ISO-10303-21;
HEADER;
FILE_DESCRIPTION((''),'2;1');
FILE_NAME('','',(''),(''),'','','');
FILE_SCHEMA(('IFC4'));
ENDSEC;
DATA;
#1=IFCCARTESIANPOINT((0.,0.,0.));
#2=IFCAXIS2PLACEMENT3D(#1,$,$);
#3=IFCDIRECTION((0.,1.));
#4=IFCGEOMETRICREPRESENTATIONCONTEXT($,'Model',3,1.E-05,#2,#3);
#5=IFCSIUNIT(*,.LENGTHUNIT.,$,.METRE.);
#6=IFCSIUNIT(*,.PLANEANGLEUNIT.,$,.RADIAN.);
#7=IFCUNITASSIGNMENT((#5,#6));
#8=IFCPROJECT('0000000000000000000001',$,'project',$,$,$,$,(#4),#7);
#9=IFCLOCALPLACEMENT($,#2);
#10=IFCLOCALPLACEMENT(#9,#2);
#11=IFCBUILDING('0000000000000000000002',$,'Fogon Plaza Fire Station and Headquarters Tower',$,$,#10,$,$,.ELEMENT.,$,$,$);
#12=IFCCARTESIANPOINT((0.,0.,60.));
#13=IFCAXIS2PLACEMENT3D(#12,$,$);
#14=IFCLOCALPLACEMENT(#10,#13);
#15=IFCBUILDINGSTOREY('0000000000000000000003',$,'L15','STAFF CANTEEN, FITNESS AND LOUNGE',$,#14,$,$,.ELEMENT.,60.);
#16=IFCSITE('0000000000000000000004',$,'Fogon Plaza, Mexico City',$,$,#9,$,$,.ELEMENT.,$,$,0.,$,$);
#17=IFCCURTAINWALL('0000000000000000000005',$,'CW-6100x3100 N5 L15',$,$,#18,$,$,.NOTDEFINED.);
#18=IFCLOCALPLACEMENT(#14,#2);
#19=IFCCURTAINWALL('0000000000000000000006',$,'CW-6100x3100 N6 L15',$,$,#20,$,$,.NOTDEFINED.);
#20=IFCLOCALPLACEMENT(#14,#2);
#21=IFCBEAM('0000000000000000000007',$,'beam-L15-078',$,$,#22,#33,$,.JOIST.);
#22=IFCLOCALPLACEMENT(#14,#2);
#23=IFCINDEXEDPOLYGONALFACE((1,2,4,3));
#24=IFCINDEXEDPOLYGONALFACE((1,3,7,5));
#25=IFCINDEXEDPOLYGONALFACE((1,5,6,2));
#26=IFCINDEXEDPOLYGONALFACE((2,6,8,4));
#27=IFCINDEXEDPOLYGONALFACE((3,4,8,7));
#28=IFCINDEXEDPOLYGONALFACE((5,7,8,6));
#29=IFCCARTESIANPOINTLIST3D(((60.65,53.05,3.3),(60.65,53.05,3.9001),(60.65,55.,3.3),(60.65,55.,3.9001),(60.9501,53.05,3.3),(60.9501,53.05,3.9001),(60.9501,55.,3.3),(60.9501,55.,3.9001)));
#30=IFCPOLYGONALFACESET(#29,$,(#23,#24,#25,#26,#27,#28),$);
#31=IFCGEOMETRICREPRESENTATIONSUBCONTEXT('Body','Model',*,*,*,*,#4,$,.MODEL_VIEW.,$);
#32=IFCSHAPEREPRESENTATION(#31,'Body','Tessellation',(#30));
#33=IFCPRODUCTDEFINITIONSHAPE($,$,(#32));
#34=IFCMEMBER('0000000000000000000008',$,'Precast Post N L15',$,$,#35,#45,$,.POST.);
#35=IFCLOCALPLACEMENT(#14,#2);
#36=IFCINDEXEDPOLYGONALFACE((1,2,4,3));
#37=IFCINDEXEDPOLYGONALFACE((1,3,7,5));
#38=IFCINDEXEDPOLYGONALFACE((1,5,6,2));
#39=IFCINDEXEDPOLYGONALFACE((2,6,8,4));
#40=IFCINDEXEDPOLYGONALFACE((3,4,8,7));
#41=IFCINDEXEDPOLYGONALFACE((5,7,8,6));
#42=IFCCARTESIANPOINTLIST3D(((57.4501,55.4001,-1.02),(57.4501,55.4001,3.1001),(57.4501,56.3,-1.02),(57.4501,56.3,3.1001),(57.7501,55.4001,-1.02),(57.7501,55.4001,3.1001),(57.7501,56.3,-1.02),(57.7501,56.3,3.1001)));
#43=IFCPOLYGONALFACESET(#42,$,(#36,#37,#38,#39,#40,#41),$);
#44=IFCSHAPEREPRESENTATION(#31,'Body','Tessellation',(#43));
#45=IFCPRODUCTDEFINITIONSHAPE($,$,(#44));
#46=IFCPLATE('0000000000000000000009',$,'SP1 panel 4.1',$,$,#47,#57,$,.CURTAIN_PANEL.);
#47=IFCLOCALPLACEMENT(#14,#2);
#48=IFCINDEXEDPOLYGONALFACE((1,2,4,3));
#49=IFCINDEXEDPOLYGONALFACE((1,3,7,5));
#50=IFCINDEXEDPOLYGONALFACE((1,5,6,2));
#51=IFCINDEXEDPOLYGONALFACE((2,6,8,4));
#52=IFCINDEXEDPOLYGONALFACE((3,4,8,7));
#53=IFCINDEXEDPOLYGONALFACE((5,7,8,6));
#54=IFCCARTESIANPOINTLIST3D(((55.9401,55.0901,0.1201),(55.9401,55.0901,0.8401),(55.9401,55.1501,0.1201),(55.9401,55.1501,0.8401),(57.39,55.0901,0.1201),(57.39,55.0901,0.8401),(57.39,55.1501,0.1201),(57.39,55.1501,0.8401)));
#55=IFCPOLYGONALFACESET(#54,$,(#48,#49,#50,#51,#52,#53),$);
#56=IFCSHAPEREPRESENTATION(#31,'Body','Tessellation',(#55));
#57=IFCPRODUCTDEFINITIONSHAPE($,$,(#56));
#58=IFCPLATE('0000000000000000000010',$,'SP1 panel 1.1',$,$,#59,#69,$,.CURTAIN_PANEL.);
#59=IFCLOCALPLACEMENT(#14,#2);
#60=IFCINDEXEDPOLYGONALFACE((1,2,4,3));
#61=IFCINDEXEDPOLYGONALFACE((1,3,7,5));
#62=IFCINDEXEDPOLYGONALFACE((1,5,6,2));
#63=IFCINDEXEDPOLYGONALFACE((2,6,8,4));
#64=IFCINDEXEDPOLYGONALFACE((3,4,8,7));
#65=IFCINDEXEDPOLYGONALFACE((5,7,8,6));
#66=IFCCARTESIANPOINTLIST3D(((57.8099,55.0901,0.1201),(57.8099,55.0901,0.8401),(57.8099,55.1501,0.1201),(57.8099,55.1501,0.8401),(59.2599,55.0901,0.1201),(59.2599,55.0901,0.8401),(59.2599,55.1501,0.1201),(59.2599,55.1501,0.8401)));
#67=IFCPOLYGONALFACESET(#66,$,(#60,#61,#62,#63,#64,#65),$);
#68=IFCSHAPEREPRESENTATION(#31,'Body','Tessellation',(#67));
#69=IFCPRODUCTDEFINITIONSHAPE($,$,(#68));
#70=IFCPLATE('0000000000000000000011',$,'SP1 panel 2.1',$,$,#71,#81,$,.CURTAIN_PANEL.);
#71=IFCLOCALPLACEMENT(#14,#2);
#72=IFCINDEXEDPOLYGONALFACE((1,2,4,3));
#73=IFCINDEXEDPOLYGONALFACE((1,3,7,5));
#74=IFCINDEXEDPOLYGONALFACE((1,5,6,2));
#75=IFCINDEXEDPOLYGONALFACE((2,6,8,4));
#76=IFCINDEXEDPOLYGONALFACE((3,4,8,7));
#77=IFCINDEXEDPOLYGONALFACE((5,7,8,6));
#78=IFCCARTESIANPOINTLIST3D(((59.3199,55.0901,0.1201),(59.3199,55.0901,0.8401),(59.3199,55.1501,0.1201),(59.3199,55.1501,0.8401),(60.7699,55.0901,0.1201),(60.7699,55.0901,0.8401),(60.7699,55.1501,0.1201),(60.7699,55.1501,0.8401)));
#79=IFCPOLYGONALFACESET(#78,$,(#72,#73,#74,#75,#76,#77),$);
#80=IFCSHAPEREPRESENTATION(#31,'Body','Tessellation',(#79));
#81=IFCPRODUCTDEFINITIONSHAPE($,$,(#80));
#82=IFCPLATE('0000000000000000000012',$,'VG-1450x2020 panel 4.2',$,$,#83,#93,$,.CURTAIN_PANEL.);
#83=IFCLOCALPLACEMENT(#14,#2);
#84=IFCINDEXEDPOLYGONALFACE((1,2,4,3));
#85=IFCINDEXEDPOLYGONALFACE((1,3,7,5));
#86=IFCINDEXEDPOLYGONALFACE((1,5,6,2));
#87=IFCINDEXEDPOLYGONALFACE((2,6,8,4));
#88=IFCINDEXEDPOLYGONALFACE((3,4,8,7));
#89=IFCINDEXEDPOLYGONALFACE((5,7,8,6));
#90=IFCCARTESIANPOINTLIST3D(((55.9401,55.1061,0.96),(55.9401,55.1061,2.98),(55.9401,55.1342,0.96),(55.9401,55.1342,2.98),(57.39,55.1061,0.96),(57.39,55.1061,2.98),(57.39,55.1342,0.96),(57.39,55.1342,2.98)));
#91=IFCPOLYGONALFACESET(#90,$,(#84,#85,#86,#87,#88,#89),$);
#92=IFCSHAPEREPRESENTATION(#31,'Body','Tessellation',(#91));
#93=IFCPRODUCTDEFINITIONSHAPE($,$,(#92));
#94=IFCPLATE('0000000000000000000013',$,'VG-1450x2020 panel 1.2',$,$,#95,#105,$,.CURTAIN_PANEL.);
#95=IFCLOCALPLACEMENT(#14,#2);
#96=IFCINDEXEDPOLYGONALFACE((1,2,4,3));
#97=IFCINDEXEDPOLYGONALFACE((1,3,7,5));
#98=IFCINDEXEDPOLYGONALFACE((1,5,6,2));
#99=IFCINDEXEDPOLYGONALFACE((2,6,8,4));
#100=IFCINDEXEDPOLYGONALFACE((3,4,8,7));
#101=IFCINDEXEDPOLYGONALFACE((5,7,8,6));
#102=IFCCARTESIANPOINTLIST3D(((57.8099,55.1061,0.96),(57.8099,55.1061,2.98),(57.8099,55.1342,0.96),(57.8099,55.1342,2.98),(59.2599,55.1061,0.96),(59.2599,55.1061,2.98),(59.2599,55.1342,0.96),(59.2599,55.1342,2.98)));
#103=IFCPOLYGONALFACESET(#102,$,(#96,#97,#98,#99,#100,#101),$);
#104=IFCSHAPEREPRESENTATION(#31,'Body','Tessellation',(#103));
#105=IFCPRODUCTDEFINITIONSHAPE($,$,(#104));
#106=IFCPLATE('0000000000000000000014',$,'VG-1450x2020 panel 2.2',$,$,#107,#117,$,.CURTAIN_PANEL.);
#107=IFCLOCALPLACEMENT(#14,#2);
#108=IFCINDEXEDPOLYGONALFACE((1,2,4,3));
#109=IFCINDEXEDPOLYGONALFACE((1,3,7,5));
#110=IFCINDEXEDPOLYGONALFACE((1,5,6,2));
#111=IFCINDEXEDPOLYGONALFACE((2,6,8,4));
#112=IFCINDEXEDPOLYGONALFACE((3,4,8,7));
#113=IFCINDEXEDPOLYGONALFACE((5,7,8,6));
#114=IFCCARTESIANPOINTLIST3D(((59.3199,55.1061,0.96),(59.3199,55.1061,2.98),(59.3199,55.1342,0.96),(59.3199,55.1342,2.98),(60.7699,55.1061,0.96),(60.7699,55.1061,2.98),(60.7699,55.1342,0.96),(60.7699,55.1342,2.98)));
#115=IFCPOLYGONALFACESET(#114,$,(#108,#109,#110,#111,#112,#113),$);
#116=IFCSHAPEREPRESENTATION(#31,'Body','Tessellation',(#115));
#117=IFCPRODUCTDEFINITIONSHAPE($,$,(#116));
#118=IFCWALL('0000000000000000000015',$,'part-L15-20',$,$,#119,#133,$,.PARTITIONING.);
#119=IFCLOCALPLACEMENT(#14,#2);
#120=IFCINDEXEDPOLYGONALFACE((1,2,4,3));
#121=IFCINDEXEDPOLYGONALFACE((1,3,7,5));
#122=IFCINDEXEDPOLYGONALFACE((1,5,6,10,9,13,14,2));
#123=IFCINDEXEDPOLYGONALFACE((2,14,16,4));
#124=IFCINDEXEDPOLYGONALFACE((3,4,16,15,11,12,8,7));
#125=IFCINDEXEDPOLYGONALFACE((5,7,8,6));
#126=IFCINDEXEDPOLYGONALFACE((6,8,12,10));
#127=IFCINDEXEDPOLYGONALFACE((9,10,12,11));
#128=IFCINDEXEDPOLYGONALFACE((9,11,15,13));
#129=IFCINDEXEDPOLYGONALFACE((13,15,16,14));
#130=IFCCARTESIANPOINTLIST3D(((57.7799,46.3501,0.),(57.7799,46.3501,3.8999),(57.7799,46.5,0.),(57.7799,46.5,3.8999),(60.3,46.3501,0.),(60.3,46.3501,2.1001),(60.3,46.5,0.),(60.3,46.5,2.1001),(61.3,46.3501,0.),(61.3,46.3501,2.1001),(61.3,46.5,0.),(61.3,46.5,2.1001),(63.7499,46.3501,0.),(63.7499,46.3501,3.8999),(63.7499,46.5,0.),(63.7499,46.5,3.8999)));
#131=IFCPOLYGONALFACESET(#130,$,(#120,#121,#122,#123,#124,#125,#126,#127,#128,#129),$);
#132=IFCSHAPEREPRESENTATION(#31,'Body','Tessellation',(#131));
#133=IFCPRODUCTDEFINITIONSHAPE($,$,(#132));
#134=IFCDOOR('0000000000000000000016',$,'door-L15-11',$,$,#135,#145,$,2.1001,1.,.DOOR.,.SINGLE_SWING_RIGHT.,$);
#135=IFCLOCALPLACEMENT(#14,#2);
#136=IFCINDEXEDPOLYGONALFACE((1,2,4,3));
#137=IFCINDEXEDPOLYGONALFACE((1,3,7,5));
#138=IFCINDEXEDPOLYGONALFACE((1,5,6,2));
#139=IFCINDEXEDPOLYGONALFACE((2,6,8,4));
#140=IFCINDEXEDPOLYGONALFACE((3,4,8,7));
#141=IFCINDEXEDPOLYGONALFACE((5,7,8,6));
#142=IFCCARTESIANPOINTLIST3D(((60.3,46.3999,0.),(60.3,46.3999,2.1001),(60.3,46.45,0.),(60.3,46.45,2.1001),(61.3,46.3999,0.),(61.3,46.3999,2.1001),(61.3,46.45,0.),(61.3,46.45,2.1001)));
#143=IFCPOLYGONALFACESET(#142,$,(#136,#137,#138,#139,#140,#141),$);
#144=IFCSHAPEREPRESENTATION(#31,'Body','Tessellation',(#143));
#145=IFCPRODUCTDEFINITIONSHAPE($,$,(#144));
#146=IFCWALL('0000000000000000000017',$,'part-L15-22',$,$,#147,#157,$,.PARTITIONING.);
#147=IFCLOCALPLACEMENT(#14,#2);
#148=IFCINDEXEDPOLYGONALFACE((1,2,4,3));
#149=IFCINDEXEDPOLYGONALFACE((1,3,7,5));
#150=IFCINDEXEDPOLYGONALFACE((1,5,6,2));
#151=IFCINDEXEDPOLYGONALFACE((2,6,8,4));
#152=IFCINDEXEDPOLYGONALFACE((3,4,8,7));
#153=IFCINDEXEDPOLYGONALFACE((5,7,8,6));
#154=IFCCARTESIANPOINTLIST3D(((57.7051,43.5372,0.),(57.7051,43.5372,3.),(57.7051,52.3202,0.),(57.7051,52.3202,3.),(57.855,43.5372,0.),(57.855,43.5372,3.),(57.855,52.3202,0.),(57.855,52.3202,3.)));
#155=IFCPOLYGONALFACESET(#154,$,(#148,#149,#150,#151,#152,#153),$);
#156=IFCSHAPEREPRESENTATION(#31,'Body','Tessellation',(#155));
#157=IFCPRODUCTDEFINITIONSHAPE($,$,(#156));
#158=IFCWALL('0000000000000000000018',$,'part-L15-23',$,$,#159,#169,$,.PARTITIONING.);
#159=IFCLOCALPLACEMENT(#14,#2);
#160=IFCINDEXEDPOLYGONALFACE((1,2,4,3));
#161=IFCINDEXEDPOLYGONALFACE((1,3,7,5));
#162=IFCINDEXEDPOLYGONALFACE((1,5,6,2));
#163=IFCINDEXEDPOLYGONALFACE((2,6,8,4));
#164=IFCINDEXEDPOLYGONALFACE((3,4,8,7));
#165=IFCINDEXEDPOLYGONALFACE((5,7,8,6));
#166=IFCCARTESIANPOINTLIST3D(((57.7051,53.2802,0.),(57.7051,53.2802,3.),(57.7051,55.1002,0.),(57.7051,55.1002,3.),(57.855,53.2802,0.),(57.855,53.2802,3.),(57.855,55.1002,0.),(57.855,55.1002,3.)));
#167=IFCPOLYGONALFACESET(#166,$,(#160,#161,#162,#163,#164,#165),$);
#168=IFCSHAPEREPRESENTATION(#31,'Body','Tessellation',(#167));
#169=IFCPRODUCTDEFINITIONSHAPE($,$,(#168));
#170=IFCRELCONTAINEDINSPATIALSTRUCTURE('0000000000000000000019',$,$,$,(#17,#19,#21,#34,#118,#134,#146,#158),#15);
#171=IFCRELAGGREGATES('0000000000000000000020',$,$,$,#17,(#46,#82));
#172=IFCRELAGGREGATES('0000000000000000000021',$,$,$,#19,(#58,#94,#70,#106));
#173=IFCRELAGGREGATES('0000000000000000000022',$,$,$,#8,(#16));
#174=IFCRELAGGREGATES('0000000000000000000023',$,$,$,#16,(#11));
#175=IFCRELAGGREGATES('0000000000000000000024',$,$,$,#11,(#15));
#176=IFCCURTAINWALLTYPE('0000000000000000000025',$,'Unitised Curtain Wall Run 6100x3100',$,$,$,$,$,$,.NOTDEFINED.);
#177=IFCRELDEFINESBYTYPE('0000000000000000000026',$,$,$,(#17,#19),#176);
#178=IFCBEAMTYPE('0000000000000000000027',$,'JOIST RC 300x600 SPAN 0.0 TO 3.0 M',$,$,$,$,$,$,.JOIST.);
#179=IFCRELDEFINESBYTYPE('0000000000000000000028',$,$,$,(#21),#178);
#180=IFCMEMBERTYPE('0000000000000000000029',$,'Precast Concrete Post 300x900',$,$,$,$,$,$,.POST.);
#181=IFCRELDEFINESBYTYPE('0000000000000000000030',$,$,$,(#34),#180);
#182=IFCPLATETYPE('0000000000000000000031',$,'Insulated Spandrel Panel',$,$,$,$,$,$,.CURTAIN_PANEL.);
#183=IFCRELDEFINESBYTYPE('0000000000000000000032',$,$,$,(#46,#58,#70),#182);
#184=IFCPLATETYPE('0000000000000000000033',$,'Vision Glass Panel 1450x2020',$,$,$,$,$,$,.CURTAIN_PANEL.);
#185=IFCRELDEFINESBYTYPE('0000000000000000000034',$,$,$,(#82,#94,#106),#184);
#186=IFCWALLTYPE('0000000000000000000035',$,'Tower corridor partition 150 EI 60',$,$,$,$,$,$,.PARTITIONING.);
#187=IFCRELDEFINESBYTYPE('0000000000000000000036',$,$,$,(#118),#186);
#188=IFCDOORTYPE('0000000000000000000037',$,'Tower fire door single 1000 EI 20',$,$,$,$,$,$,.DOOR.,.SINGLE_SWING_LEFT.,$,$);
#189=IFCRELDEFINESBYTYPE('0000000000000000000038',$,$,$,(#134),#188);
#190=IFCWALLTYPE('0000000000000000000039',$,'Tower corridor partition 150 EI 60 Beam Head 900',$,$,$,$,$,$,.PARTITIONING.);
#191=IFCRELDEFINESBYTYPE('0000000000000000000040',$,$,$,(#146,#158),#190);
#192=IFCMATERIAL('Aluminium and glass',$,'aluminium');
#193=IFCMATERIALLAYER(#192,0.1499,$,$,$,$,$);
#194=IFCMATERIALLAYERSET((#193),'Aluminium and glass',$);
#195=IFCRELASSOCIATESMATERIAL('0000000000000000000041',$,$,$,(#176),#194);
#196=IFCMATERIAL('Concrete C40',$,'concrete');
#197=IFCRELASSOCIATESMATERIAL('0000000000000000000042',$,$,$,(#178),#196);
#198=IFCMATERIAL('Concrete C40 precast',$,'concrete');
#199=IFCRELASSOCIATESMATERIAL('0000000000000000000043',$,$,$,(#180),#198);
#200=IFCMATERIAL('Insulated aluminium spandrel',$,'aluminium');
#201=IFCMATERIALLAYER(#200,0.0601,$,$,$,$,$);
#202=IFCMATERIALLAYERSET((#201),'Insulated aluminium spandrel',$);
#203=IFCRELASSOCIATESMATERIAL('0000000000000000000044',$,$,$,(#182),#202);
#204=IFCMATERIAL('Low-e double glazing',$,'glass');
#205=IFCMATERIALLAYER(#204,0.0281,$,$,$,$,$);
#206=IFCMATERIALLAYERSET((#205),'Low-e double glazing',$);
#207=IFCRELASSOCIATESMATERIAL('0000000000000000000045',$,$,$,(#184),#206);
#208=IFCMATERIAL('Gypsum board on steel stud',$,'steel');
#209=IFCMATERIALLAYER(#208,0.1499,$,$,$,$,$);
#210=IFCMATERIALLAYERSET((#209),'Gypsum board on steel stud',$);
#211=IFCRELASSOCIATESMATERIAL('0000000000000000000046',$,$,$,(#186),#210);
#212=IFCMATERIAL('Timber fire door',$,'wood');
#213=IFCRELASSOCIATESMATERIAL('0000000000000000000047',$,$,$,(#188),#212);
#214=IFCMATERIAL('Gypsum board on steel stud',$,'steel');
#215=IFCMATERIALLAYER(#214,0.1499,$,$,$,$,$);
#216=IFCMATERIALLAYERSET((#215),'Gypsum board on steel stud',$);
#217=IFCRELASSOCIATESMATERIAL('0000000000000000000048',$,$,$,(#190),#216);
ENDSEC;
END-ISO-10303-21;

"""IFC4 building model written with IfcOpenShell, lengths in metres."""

from ifc_helpers import new_model, si_unit, direction, frame, frame_2d, origin, origin_2d, place, context, subcontext, project, spatial, rectangle, extrude, material, layer, layer_set, material_profile, profile_set, type_object, element, fill, aggregate, save


model = new_model("IFC4")

# Units and contexts
model_context = context("Model", 3, precision=1e-05, world=origin(), true_north=direction((0.0, 1.0)))
body_context = subcontext(model_context, "Body", "Model", "MODEL_VIEW")
ifc_project = project(units=[si_unit("LENGTHUNIT", "METRE"), si_unit("PLANEANGLEUNIT", "RADIAN")], contexts=[model_context])

# Site, building, storey
site_placement = place(None, origin())
site = spatial("IfcSite", under=ifc_project, at=site_placement, Name="Fogon Plaza, Mexico City", CompositionType="ELEMENT", RefElevation=0.0)
building_placement = place(site_placement, origin())
building = spatial("IfcBuilding", under=site, at=building_placement, Name="Fogon Plaza Fire Station and Headquarters Tower", CompositionType="ELEMENT")
storey_placement = place(building_placement, frame((0.0, 0.0, 60.0)))
storey = spatial("IfcBuildingStorey", under=building, at=storey_placement, Name="L15", Description="STAFF CANTEEN, FITNESS AND LOUNGE", CompositionType="ELEMENT", Elevation=60.0)

# Curtain walls
ifc_material_1 = material(Name="Aluminium and glass", Category="aluminium")
ifc_layer_1 = layer(ifc_material_1, 0.1499)
ifc_layer_set_1 = layer_set([ifc_layer_1], Name="Aluminium and glass")
curtain_wall_type = type_object("IfcCurtainWallType", Name="Unitised Curtain Wall Run 6100x3100", PredefinedType="NOTDEFINED", material=ifc_layer_set_1)
curtain_wall_1_placement = place(storey_placement, origin())
curtain_wall_1 = element("IfcCurtainWall", 1, at=curtain_wall_1_placement, inside=storey, type_object=curtain_wall_type, Name="CW-6100x3100 N5 L15", PredefinedType="NOTDEFINED")
curtain_wall_2_placement = place(storey_placement, origin())
curtain_wall_2 = element("IfcCurtainWall", 2, at=curtain_wall_2_placement, inside=storey, type_object=curtain_wall_type, Name="CW-6100x3100 N6 L15", PredefinedType="NOTDEFINED")

# Beam
ifc_material_2 = material(Name="Concrete C40", Category="concrete")
ifc_material_profile_1 = material_profile(ifc_material_2, rectangle(XDim=0.3, YDim=0.6001, at=origin_2d()), Name="RC 300x600")
ifc_profile_set_1 = profile_set([ifc_material_profile_1], Name="Concrete C40")
beam_type_1 = type_object("IfcBeamType", Name="JOIST RC 300x600 SPAN 0.0 TO 3.0 M", PredefinedType="JOIST", material=ifc_profile_set_1)
beam_1_placement = place(storey_placement, frame((60.8, 53.05, 3.6001), z_axis=(0.0, 1.0, 0.0), x_axis=(-1.0, 0.0, 0.0)))
element("IfcBeam", 3, at=beam_1_placement, inside=storey, type_object=beam_type_1, Name="beam-L15-078", PredefinedType="JOIST", context=body_context, shape_type="SweptSolid", body=[
    extrude(rectangle(XDim=0.3, YDim=0.6001, at=origin_2d()), origin(), (0.0, 0.0, 1.0), 1.95),
])

# Member
ifc_material_3 = material(Name="Concrete C40 precast", Category="concrete")
ifc_material_profile_2 = material_profile(ifc_material_3, rectangle(XDim=0.3, YDim=0.8999, at=origin_2d()), Name="Precast Concrete Post 300x900")
ifc_profile_set_2 = profile_set([ifc_material_profile_2], Name="Concrete C40 precast")
member_type_1 = type_object("IfcMemberType", Name="Precast Concrete Post 300x900", PredefinedType="POST", material=ifc_profile_set_2)
member_1_placement = place(storey_placement, frame((57.6001, 55.8501, -1.02), z_axis=(0.0, 0.0, 1.0), x_axis=(1.0, 0.0, 0.0)))
element("IfcMember", 4, at=member_1_placement, inside=storey, type_object=member_type_1, Name="Precast Post N L15", PredefinedType="POST", context=body_context, shape_type="SweptSolid", body=[
    extrude(rectangle(XDim=0.3, YDim=0.8999, at=origin_2d()), origin(), (0.0, 0.0, 1.0), 4.1201),
])

# Plates
ifc_material_4 = material(Name="Insulated aluminium spandrel", Category="aluminium")
ifc_layer_2 = layer(ifc_material_4, 0.0601)
ifc_layer_set_2 = layer_set([ifc_layer_2], Name="Insulated aluminium spandrel")
plate_type_1 = type_object("IfcPlateType", Name="Insulated Spandrel Panel", PredefinedType="CURTAIN_PANEL", material=ifc_layer_set_2)
plate_1_placement = place(storey_placement, frame((56.665, 55.1201, 0.1201), z_axis=(0.0, 0.0, 1.0), x_axis=(1.0, 0.0, 0.0)))
plate_1 = element("IfcPlate", 5, at=plate_1_placement, type_object=plate_type_1, Name="SP1 panel 4.1", PredefinedType="CURTAIN_PANEL", context=body_context, shape_type="SweptSolid", body=[
    extrude(rectangle(XDim=1.45, YDim=0.0601, at=origin_2d()), origin(), (0.0, 0.0, 1.0), 0.72),
])
plate_2_placement = place(storey_placement, frame((58.5349, 55.1201, 0.1201), z_axis=(0.0, 0.0, 1.0), x_axis=(1.0, 0.0, 0.0)))
plate_2 = element("IfcPlate", 6, at=plate_2_placement, type_object=plate_type_1, Name="SP1 panel 1.1", PredefinedType="CURTAIN_PANEL", context=body_context, shape_type="SweptSolid", body=[
    extrude(rectangle(XDim=1.45, YDim=0.0601, at=origin_2d()), origin(), (0.0, 0.0, 1.0), 0.72),
])
plate_3_placement = place(storey_placement, frame((60.0449, 55.1201, 0.1201), z_axis=(0.0, 0.0, 1.0), x_axis=(1.0, 0.0, 0.0)))
plate_3 = element("IfcPlate", 7, at=plate_3_placement, type_object=plate_type_1, Name="SP1 panel 2.1", PredefinedType="CURTAIN_PANEL", context=body_context, shape_type="SweptSolid", body=[
    extrude(rectangle(XDim=1.45, YDim=0.0601, at=origin_2d()), origin(), (0.0, 0.0, 1.0), 0.72),
])
ifc_material_5 = material(Name="Low-e double glazing", Category="glass")
ifc_layer_3 = layer(ifc_material_5, 0.0281)
ifc_layer_set_3 = layer_set([ifc_layer_3], Name="Low-e double glazing")
plate_type_2 = type_object("IfcPlateType", Name="Vision Glass Panel 1450x2020", PredefinedType="CURTAIN_PANEL", material=ifc_layer_set_3)
plate_4_placement = place(storey_placement, frame((56.665, 55.1201, 0.96), z_axis=(0.0, 0.0, 1.0), x_axis=(1.0, 0.0, 0.0)))
plate_4 = element("IfcPlate", 8, at=plate_4_placement, type_object=plate_type_2, Name="VG-1450x2020 panel 4.2", PredefinedType="CURTAIN_PANEL", context=body_context, shape_type="SweptSolid", body=[
    extrude(rectangle(XDim=1.45, YDim=0.0281, at=origin_2d()), origin(), (0.0, 0.0, 1.0), 2.02),
])
aggregate(curtain_wall_1, [plate_1, plate_4])
plate_5_placement = place(storey_placement, frame((58.5349, 55.1201, 0.96), z_axis=(0.0, 0.0, 1.0), x_axis=(1.0, 0.0, 0.0)))
plate_5 = element("IfcPlate", 9, at=plate_5_placement, type_object=plate_type_2, Name="VG-1450x2020 panel 1.2", PredefinedType="CURTAIN_PANEL", context=body_context, shape_type="SweptSolid", body=[
    extrude(rectangle(XDim=1.45, YDim=0.0281, at=origin_2d()), origin(), (0.0, 0.0, 1.0), 2.02),
])
plate_6_placement = place(storey_placement, frame((60.0449, 55.1201, 0.96), z_axis=(0.0, 0.0, 1.0), x_axis=(1.0, 0.0, 0.0)))
plate_6 = element("IfcPlate", 10, at=plate_6_placement, type_object=plate_type_2, Name="VG-1450x2020 panel 2.2", PredefinedType="CURTAIN_PANEL", context=body_context, shape_type="SweptSolid", body=[
    extrude(rectangle(XDim=1.45, YDim=0.0281, at=origin_2d()), origin(), (0.0, 0.0, 1.0), 2.02),
])
aggregate(curtain_wall_2, [plate_2, plate_5, plate_3, plate_6])

# Wall, opening, door
ifc_material_6 = material(Name="Gypsum board on steel stud", Category="steel")
ifc_layer_4 = layer(ifc_material_6, 0.1499)
ifc_layer_set_4 = layer_set([ifc_layer_4], Name="Gypsum board on steel stud")
wall_type_1 = type_object("IfcWallType", Name="Tower corridor partition 150 EI 60", PredefinedType="PARTITIONING", material=ifc_layer_set_4)
wall_1_placement = place(storey_placement, frame((57.78, 46.425, 0.0), z_axis=(0.0, 0.0, 1.0), x_axis=(1.0, 0.0, 0.0)))
wall_1 = element("IfcWall", 11, at=wall_1_placement, inside=storey, type_object=wall_type_1, Name="part-L15-20", PredefinedType="PARTITIONING", context=body_context, shape_type="SweptSolid", body=[
    extrude(rectangle(XDim=5.97, YDim=0.1499, at=frame_2d((2.9849, 0.0))), origin(), (0.0, 0.0, 1.0), 3.8999),
])
opening_placement = place(wall_1_placement, frame((2.52, 0.0, 0.0)))
opening = element("IfcOpeningElement", 12, at=opening_placement, cuts=wall_1, PredefinedType="OPENING", context=body_context, shape_type="SweptSolid", body=[
    extrude(rectangle(XDim=1.0, YDim=2.1001, at=frame_2d((0.5, 1.05))), frame((0.0, 0.085, 0.0), z_axis=(0.0, -1.0, 0.0), x_axis=(1.0, 0.0, 0.0)), (0.0, 0.0, 1.0), 0.1699),
])
ifc_material_7 = material(Name="Timber fire door", Category="wood")
door_type = type_object("IfcDoorType", Name="Tower fire door single 1000 EI 20", OperationType="SINGLE_SWING_LEFT", PredefinedType="DOOR", material=ifc_material_7)
door_placement = place(opening_placement, origin())
door = element("IfcDoor", 13, at=door_placement, inside=storey, type_object=door_type, Name="door-L15-11", OperationType="SINGLE_SWING_RIGHT", OverallHeight=2.1001, OverallWidth=1.0, PredefinedType="DOOR", context=body_context, shape_type="SweptSolid", body=[
    extrude(rectangle(XDim=1.0, YDim=2.1001, at=frame_2d((0.5, 1.05))), frame((0.0, 0.0249, 0.0), z_axis=(0.0, -1.0, 0.0), x_axis=(1.0, 0.0, 0.0)), (0.0, 0.0, 1.0), 0.05),
])
fill(opening, door)

# Walls
ifc_material_8 = material(Name="Gypsum board on steel stud", Category="steel")
ifc_layer_5 = layer(ifc_material_8, 0.1499)
ifc_layer_set_5 = layer_set([ifc_layer_5], Name="Gypsum board on steel stud")
wall_type_2 = type_object("IfcWallType", Name="Tower corridor partition 150 EI 60 Beam Head 900", PredefinedType="PARTITIONING", material=ifc_layer_set_5)
wall_2_placement = place(storey_placement, frame((57.78, 43.5371, 0.0), z_axis=(0.0, 0.0, 1.0), x_axis=(0.0, 1.0, 0.0)))
element("IfcWall", 14, at=wall_2_placement, inside=storey, type_object=wall_type_2, Name="part-L15-22", PredefinedType="PARTITIONING", context=body_context, shape_type="SweptSolid", body=[
    extrude(rectangle(XDim=8.783, YDim=0.1499, at=frame_2d((4.3916, 0.0))), origin(), (0.0, 0.0, 1.0), 3.0),
])
wall_3_placement = place(storey_placement, frame((57.78, 53.28, 0.0), z_axis=(0.0, 0.0, 1.0), x_axis=(0.0, 1.0, 0.0)))
element("IfcWall", 15, at=wall_3_placement, inside=storey, type_object=wall_type_2, Name="part-L15-23", PredefinedType="PARTITIONING", context=body_context, shape_type="SweptSolid", body=[
    extrude(rectangle(XDim=1.8201, YDim=0.1499, at=frame_2d((0.9102, 0.0))), origin(), (0.0, 0.0, 1.0), 3.0),
])

save(model, "model.ifc")
